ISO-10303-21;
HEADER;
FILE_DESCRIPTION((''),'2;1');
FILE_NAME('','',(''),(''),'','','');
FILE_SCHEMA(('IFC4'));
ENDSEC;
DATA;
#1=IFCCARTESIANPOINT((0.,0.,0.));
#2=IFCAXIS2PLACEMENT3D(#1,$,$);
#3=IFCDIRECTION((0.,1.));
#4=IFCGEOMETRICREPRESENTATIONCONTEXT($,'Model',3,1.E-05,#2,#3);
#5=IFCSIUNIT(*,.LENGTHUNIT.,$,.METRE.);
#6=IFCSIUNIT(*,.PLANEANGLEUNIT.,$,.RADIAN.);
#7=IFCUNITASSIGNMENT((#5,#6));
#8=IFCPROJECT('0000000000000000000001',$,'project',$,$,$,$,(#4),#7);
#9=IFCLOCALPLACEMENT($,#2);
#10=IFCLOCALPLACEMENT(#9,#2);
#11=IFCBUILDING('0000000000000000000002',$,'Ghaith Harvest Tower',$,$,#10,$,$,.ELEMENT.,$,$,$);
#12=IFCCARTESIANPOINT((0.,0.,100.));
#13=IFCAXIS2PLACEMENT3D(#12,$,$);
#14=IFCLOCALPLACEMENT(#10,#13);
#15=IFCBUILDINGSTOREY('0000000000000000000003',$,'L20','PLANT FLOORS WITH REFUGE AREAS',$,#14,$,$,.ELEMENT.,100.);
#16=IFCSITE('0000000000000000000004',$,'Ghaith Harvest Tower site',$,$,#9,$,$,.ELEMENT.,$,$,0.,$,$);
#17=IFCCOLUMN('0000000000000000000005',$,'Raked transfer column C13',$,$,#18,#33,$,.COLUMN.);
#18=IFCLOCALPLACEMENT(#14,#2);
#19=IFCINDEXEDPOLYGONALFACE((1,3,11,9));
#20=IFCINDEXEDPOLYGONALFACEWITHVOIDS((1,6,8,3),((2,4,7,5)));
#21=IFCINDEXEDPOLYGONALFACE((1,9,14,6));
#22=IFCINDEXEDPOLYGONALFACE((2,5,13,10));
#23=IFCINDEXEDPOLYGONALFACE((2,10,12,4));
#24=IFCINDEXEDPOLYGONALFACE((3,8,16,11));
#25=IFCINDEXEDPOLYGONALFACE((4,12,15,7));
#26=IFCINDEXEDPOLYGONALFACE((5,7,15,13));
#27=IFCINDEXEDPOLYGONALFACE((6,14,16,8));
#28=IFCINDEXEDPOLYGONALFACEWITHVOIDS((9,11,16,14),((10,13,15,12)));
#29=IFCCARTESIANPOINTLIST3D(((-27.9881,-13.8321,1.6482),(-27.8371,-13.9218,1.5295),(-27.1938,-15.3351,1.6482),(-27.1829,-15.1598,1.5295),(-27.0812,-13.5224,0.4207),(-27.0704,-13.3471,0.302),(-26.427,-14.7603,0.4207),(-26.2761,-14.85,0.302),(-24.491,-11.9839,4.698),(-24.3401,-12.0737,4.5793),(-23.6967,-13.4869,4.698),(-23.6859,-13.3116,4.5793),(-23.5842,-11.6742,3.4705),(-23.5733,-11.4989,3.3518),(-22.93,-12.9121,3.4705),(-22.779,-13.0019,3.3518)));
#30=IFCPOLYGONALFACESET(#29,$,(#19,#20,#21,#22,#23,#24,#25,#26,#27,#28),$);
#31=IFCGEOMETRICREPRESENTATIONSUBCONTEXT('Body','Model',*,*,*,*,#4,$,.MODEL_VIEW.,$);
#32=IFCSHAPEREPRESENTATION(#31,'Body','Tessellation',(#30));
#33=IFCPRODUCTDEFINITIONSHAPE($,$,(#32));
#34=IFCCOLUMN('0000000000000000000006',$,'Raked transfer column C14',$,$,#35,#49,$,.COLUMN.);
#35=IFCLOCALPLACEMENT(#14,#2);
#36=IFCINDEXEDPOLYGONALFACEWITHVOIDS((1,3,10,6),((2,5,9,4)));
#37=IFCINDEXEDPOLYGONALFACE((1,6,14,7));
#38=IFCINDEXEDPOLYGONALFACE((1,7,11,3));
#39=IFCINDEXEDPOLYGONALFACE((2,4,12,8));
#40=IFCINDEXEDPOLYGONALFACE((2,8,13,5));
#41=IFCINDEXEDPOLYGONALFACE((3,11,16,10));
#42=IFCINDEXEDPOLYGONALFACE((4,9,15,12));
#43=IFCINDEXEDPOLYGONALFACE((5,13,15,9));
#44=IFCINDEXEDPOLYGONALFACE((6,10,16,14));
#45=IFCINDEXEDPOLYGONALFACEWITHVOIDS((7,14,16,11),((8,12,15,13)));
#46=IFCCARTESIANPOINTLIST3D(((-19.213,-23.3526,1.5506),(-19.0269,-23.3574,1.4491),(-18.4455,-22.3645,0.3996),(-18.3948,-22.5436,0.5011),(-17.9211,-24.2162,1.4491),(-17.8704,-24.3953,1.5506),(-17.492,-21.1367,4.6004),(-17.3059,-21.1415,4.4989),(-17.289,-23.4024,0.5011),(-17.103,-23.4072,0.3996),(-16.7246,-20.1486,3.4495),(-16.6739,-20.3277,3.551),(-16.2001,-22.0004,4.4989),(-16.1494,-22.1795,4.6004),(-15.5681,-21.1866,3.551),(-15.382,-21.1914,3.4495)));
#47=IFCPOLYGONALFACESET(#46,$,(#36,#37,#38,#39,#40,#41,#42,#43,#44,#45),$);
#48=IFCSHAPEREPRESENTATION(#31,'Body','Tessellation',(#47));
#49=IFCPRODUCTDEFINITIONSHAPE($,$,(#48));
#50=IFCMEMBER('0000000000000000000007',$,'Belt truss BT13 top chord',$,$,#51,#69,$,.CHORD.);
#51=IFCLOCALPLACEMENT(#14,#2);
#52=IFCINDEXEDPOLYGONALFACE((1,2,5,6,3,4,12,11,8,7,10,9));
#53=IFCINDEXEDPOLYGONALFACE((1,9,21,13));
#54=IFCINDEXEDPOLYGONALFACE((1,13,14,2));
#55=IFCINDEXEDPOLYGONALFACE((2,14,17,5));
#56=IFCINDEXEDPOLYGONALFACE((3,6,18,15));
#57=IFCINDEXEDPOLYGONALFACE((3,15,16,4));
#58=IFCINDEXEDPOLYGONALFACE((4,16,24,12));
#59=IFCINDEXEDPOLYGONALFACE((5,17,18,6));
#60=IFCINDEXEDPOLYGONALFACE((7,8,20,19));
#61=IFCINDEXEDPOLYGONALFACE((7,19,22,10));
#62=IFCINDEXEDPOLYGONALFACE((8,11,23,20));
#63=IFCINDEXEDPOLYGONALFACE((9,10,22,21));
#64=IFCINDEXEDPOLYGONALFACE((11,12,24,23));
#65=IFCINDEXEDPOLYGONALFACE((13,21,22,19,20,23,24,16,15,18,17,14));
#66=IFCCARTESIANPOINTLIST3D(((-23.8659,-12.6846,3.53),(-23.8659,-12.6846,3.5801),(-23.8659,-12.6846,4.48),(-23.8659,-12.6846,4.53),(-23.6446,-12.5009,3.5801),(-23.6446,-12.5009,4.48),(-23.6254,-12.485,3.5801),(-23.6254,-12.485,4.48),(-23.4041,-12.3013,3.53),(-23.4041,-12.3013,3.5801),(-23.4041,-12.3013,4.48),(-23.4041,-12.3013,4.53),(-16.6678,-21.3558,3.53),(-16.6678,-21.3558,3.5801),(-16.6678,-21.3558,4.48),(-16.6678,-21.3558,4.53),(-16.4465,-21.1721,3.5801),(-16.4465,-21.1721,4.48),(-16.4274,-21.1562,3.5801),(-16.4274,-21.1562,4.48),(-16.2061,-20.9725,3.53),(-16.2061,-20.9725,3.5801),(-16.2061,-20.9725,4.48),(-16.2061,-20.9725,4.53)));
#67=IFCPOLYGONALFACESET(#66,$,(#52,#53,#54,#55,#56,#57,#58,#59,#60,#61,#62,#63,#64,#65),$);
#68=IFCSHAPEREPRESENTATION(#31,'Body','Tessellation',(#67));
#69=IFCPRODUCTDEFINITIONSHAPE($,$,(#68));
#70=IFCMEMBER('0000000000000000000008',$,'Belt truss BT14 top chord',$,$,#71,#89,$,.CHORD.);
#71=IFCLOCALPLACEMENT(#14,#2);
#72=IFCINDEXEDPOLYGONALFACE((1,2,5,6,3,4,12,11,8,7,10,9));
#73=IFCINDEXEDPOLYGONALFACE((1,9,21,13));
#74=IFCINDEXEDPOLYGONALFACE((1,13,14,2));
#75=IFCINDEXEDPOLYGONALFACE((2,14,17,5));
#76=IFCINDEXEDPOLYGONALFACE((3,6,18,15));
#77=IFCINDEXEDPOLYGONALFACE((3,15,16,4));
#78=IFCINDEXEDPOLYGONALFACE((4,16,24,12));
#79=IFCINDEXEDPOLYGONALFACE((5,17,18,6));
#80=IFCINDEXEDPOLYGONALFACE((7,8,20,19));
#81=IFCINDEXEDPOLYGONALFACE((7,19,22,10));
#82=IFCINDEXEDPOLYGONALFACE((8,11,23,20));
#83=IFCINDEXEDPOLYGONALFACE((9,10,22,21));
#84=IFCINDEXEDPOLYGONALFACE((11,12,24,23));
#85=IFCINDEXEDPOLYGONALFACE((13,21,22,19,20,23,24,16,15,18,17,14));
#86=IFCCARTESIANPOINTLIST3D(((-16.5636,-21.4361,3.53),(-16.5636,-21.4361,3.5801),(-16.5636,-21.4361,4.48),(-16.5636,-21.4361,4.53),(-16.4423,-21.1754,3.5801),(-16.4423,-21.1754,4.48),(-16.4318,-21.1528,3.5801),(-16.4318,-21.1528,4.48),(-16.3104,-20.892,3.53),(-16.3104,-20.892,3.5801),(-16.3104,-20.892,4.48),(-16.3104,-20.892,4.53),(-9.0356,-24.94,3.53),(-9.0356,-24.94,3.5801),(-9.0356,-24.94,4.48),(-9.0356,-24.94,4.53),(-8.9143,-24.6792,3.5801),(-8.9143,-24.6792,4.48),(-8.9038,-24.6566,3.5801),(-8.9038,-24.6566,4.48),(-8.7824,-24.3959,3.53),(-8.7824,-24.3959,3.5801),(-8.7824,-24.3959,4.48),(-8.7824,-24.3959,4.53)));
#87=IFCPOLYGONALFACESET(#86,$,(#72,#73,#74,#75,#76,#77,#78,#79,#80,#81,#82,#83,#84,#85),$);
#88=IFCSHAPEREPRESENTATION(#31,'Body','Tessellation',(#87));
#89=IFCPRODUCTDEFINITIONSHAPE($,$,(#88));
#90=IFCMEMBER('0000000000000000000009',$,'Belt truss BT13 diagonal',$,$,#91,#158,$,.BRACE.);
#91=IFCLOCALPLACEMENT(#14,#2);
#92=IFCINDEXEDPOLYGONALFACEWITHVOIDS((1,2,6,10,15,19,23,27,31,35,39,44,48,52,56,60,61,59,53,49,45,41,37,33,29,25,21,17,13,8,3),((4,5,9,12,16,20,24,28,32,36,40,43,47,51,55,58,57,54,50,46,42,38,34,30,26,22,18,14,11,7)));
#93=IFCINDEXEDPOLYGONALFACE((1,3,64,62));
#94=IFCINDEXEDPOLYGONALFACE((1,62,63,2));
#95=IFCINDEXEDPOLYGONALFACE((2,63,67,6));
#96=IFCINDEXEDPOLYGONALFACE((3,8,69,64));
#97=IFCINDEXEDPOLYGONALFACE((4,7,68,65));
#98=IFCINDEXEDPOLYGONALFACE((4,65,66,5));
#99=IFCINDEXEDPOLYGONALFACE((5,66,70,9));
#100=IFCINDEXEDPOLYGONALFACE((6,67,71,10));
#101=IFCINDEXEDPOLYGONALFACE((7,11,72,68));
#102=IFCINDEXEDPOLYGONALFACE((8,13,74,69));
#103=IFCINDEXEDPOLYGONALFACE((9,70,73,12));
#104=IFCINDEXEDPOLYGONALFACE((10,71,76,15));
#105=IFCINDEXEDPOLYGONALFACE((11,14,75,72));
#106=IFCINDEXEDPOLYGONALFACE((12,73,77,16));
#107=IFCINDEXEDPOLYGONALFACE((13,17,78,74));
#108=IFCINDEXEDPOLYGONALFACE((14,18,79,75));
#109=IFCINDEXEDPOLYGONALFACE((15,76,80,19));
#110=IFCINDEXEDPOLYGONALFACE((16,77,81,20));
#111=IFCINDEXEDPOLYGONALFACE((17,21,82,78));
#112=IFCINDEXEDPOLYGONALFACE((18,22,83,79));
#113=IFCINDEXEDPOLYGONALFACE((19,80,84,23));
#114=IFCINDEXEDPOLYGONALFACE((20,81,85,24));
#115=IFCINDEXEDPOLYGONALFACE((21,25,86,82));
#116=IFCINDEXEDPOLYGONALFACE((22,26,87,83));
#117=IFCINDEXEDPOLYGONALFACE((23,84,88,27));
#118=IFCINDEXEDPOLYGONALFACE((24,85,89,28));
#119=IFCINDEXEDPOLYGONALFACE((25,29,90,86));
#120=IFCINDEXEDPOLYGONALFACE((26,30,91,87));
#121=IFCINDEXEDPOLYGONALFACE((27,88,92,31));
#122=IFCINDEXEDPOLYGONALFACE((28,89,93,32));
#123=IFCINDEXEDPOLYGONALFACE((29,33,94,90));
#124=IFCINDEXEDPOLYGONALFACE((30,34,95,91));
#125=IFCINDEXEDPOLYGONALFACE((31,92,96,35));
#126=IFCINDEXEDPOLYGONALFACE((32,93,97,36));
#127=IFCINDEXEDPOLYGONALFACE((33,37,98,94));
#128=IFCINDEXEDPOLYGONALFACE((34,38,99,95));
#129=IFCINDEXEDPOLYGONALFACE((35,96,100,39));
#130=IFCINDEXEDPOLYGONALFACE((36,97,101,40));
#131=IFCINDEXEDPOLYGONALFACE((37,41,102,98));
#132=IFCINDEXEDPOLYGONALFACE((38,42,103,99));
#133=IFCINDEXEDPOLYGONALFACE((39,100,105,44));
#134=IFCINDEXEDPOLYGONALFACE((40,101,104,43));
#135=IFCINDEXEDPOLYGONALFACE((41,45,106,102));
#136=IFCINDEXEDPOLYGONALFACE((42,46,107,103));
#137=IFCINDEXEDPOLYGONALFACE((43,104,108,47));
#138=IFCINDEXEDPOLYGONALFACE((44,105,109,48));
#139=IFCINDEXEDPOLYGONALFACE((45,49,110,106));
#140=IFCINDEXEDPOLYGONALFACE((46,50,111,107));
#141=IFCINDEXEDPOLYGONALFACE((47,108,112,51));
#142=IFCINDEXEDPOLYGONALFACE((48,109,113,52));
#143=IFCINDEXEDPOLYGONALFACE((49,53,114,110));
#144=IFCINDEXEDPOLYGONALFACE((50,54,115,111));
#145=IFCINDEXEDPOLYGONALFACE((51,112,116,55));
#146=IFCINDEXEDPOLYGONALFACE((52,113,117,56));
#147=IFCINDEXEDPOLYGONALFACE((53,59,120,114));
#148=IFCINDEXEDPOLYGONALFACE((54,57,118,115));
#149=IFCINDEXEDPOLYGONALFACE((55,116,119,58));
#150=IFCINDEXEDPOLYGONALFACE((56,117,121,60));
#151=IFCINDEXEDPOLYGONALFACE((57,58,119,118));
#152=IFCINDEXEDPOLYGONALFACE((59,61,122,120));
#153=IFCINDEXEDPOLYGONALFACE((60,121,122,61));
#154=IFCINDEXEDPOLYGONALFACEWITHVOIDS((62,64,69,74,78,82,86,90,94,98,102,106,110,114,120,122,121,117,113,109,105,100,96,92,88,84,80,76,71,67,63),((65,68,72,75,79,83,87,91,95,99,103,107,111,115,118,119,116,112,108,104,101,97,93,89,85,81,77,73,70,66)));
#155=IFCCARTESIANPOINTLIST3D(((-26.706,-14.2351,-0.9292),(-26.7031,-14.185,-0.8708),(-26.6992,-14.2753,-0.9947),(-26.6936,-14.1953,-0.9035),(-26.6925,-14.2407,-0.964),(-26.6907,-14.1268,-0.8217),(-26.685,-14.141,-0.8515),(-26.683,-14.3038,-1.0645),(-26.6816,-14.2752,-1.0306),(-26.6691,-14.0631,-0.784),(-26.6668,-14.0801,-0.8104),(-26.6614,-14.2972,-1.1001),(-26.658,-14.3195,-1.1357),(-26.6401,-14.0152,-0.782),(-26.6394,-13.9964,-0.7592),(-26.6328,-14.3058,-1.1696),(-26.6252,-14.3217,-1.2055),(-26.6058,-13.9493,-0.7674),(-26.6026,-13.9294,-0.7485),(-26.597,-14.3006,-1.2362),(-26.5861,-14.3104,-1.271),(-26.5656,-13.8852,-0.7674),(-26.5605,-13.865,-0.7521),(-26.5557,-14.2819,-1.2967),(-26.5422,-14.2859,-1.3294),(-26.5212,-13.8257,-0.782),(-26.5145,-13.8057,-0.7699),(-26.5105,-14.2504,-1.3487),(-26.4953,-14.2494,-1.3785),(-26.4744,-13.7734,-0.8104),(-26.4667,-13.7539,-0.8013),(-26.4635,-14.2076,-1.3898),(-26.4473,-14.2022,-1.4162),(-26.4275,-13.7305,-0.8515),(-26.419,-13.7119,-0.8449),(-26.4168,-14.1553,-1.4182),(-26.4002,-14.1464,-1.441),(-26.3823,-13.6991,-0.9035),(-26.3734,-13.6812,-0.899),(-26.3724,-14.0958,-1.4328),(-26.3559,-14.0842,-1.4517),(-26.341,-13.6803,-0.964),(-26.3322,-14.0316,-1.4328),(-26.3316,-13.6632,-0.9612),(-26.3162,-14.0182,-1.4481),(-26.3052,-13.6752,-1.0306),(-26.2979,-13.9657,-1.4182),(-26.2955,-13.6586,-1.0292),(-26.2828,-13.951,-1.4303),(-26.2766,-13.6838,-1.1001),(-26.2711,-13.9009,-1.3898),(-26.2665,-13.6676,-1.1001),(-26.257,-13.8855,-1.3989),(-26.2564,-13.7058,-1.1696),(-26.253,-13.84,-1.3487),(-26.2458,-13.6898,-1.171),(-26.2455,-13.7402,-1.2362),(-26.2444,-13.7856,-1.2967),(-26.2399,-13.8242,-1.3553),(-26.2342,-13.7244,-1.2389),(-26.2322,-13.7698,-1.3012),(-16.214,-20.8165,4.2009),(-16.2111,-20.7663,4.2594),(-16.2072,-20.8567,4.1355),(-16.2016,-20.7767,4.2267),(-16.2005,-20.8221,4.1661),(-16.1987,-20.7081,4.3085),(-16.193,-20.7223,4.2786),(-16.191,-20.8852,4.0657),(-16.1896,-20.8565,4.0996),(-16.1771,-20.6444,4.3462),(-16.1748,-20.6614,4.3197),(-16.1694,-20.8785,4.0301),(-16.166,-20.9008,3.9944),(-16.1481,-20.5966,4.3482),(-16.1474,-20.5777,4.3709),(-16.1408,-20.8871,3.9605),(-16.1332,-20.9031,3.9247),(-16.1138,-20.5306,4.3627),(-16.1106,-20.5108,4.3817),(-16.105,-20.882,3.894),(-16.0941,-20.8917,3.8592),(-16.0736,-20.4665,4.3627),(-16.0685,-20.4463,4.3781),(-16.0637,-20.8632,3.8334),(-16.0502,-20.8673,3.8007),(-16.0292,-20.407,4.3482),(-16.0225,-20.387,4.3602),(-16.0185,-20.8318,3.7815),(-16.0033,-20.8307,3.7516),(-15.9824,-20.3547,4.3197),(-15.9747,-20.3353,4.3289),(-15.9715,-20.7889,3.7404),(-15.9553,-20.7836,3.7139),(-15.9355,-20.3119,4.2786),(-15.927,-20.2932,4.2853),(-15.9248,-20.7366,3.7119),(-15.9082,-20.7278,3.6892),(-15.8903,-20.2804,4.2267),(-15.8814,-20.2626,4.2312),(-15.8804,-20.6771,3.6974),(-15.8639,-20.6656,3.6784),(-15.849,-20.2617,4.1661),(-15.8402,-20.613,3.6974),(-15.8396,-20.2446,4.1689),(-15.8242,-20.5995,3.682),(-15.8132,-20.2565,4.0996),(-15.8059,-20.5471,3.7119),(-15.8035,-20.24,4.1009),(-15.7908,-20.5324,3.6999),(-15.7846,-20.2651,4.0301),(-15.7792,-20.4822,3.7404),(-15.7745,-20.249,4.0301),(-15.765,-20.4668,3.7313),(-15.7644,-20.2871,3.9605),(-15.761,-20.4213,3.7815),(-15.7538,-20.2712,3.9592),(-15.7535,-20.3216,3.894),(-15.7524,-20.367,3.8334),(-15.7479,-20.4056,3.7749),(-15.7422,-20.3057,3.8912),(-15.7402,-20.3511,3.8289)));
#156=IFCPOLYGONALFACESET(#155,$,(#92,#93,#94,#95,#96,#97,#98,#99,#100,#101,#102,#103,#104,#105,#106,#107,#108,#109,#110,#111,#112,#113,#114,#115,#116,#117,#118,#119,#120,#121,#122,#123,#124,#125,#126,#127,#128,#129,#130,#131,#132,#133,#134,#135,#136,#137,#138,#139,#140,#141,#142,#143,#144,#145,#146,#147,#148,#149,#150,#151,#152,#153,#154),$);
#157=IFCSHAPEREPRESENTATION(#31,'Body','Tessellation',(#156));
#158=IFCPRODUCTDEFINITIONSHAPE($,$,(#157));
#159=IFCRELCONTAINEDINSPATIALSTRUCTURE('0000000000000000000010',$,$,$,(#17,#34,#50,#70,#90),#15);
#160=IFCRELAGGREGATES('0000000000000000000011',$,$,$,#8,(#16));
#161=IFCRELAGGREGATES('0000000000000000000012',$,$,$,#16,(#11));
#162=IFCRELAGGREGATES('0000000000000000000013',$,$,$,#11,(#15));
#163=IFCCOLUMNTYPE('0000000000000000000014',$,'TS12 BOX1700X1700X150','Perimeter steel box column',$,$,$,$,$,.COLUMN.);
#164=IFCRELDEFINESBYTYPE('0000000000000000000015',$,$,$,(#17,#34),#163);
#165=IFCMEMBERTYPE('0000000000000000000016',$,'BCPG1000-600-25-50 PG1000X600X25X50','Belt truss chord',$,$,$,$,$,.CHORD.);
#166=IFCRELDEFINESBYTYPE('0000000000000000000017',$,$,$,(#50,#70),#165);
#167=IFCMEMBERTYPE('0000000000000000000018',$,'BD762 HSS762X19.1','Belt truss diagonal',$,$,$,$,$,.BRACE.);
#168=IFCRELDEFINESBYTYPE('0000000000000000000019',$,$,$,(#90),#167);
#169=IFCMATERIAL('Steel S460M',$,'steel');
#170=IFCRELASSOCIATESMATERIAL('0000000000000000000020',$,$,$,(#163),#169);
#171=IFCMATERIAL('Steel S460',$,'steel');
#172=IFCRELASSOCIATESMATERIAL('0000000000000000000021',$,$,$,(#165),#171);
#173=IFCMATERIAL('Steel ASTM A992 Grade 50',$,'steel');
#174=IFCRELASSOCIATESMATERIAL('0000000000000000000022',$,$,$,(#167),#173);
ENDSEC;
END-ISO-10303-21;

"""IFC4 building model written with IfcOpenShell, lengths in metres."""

from ifc_helpers import new_model, si_unit, direction, frame, origin, origin_2d, place, context, subcontext, project, spatial, hollow_rectangle, hollow_circle, i_section, extrude, material, material_profile, profile_set, type_object, element, save


model = new_model("IFC4")

# Units and contexts
model_context = context("Model", 3, precision=1e-05, world=origin(), true_north=direction((0.0, 1.0)))
body_context = subcontext(model_context, "Body", "Model", "MODEL_VIEW")
ifc_project = project(units=[si_unit("LENGTHUNIT", "METRE"), si_unit("PLANEANGLEUNIT", "RADIAN")], contexts=[model_context])

# Site, building, storey
site_placement = place(None, origin())
site = spatial("IfcSite", under=ifc_project, at=site_placement, Name="Ghaith Harvest Tower site", CompositionType="ELEMENT", RefElevation=0.0)
building_placement = place(site_placement, origin())
building = spatial("IfcBuilding", under=site, at=building_placement, Name="Ghaith Harvest Tower", CompositionType="ELEMENT")
storey_placement = place(building_placement, frame((0.0, 0.0, 100.0)))
storey = spatial("IfcBuildingStorey", under=building, at=storey_placement, Name="L20", Description="PLANT FLOORS WITH REFUGE AREAS", CompositionType="ELEMENT", Elevation=100.0)

# Columns
ifc_material_1 = material(Name="Steel S460M", Category="steel")
ifc_material_profile_1 = material_profile(ifc_material_1, hollow_rectangle(XDim=1.7, YDim=1.7, WallThickness=0.1499, at=origin_2d()), Name="BOX1700X1700X150")
ifc_profile_set_1 = profile_set([ifc_material_profile_1], Name="Steel S460M")
column_type = type_object("IfcColumnType", Name="TS12 BOX1700X1700X150", Description="Perimeter steel box column", PredefinedType="COLUMN", material=ifc_profile_set_1)
column_1_placement = place(storey_placement, frame((-27.1321, -14.3411, 0.9751), z_axis=(0.700164, 0.370025, 0.610615), x_axis=(-0.467247, 0.884127, 0.0)))
element("IfcColumn", 1, at=column_1_placement, inside=storey, type_object=column_type, Name="Raked transfer column C13", PredefinedType="COLUMN", context=body_context, shape_type="SweptSolid", body=[
    extrude(hollow_rectangle(XDim=1.7, YDim=1.7, WallThickness=0.1499, at=origin_2d()), origin(), (0.0, 0.0, 1.0), 4.9946),
])
column_2_placement = place(storey_placement, frame((-18.158, -23.3799, 0.9751), z_axis=(0.415285, 0.534704, 0.735955), x_axis=(-0.789778, 0.613392, 0.0)))
element("IfcColumn", 2, at=column_2_placement, inside=storey, type_object=column_type, Name="Raked transfer column C14", PredefinedType="COLUMN", context=body_context, shape_type="SweptSolid", body=[
    extrude(hollow_rectangle(XDim=1.7, YDim=1.7, WallThickness=0.1499, at=origin_2d()), origin(), (0.0, 0.0, 1.0), 4.144),
])

# Members
ifc_material_2 = material(Name="Steel S460", Category="steel")
ifc_material_profile_2 = material_profile(ifc_material_2, i_section(OverallWidth=0.6001, OverallDepth=1.0, WebThickness=0.0249, FlangeThickness=0.05, at=origin_2d()), Name="PG1000X600X25X50")
ifc_profile_set_2 = profile_set([ifc_material_profile_2], Name="Steel S460")
member_type_1 = type_object("IfcMemberType", Name="BCPG1000-600-25-50 PG1000X600X25X50", Description="Belt truss chord", PredefinedType="CHORD", material=ifc_profile_set_2)
member_1_placement = place(storey_placement, frame((-23.635, -12.4929, 4.03), z_axis=(0.638719, -0.76944, 0.0), x_axis=(0.76944, 0.638719, 0.0)))
element("IfcMember", 3, at=member_1_placement, inside=storey, type_object=member_type_1, Name="Belt truss BT13 top chord", PredefinedType="CHORD", context=body_context, shape_type="SweptSolid", body=[
    extrude(i_section(OverallWidth=0.6001, OverallDepth=1.0, WebThickness=0.0249, FlangeThickness=0.05, at=origin_2d()), origin(), (0.0, 0.0, 1.0), 11.2695),
])
member_2_placement = place(storey_placement, frame((-16.437, -21.1641, 4.03), z_axis=(0.906607, -0.421976, 0.0), x_axis=(0.421976, 0.906607, 0.0)))
element("IfcMember", 4, at=member_2_placement, inside=storey, type_object=member_type_1, Name="Belt truss BT14 top chord", PredefinedType="CHORD", context=body_context, shape_type="SweptSolid", body=[
    extrude(i_section(OverallWidth=0.6001, OverallDepth=1.0, WebThickness=0.0249, FlangeThickness=0.05, at=origin_2d()), origin(), (0.0, 0.0, 1.0), 8.3035),
])
ifc_material_3 = material(Name="Steel ASTM A992 Grade 50", Category="steel")
ifc_material_profile_3 = material_profile(ifc_material_3, hollow_circle(Radius=0.3811, WallThickness=0.019, at=origin_2d()), Name="HSS762X19.1")
ifc_profile_set_3 = profile_set([ifc_material_profile_3], Name="Steel ASTM A992 Grade 50")
member_type_2 = type_object("IfcMemberType", Name="BD762 HSS762X19.1", Description="Belt truss diagonal", PredefinedType="BRACE", material=ifc_profile_set_3)
member_3_placement = place(storey_placement, frame((-26.469, -13.9905, -1.1001), z_axis=(0.782648, -0.490933, 0.382683), x_axis=(0.531382, 0.847132, 0.0)))
element("IfcMember", 5, at=member_3_placement, inside=storey, type_object=member_type_2, Name="Belt truss BT13 diagonal", PredefinedType="BRACE", context=body_context, shape_type="SweptSolid", body=[
    extrude(hollow_circle(Radius=0.3811, WallThickness=0.019, at=origin_2d()), origin(), (0.0, 0.0, 1.0), 13.4058),
])

save(model, "model.ifc")
